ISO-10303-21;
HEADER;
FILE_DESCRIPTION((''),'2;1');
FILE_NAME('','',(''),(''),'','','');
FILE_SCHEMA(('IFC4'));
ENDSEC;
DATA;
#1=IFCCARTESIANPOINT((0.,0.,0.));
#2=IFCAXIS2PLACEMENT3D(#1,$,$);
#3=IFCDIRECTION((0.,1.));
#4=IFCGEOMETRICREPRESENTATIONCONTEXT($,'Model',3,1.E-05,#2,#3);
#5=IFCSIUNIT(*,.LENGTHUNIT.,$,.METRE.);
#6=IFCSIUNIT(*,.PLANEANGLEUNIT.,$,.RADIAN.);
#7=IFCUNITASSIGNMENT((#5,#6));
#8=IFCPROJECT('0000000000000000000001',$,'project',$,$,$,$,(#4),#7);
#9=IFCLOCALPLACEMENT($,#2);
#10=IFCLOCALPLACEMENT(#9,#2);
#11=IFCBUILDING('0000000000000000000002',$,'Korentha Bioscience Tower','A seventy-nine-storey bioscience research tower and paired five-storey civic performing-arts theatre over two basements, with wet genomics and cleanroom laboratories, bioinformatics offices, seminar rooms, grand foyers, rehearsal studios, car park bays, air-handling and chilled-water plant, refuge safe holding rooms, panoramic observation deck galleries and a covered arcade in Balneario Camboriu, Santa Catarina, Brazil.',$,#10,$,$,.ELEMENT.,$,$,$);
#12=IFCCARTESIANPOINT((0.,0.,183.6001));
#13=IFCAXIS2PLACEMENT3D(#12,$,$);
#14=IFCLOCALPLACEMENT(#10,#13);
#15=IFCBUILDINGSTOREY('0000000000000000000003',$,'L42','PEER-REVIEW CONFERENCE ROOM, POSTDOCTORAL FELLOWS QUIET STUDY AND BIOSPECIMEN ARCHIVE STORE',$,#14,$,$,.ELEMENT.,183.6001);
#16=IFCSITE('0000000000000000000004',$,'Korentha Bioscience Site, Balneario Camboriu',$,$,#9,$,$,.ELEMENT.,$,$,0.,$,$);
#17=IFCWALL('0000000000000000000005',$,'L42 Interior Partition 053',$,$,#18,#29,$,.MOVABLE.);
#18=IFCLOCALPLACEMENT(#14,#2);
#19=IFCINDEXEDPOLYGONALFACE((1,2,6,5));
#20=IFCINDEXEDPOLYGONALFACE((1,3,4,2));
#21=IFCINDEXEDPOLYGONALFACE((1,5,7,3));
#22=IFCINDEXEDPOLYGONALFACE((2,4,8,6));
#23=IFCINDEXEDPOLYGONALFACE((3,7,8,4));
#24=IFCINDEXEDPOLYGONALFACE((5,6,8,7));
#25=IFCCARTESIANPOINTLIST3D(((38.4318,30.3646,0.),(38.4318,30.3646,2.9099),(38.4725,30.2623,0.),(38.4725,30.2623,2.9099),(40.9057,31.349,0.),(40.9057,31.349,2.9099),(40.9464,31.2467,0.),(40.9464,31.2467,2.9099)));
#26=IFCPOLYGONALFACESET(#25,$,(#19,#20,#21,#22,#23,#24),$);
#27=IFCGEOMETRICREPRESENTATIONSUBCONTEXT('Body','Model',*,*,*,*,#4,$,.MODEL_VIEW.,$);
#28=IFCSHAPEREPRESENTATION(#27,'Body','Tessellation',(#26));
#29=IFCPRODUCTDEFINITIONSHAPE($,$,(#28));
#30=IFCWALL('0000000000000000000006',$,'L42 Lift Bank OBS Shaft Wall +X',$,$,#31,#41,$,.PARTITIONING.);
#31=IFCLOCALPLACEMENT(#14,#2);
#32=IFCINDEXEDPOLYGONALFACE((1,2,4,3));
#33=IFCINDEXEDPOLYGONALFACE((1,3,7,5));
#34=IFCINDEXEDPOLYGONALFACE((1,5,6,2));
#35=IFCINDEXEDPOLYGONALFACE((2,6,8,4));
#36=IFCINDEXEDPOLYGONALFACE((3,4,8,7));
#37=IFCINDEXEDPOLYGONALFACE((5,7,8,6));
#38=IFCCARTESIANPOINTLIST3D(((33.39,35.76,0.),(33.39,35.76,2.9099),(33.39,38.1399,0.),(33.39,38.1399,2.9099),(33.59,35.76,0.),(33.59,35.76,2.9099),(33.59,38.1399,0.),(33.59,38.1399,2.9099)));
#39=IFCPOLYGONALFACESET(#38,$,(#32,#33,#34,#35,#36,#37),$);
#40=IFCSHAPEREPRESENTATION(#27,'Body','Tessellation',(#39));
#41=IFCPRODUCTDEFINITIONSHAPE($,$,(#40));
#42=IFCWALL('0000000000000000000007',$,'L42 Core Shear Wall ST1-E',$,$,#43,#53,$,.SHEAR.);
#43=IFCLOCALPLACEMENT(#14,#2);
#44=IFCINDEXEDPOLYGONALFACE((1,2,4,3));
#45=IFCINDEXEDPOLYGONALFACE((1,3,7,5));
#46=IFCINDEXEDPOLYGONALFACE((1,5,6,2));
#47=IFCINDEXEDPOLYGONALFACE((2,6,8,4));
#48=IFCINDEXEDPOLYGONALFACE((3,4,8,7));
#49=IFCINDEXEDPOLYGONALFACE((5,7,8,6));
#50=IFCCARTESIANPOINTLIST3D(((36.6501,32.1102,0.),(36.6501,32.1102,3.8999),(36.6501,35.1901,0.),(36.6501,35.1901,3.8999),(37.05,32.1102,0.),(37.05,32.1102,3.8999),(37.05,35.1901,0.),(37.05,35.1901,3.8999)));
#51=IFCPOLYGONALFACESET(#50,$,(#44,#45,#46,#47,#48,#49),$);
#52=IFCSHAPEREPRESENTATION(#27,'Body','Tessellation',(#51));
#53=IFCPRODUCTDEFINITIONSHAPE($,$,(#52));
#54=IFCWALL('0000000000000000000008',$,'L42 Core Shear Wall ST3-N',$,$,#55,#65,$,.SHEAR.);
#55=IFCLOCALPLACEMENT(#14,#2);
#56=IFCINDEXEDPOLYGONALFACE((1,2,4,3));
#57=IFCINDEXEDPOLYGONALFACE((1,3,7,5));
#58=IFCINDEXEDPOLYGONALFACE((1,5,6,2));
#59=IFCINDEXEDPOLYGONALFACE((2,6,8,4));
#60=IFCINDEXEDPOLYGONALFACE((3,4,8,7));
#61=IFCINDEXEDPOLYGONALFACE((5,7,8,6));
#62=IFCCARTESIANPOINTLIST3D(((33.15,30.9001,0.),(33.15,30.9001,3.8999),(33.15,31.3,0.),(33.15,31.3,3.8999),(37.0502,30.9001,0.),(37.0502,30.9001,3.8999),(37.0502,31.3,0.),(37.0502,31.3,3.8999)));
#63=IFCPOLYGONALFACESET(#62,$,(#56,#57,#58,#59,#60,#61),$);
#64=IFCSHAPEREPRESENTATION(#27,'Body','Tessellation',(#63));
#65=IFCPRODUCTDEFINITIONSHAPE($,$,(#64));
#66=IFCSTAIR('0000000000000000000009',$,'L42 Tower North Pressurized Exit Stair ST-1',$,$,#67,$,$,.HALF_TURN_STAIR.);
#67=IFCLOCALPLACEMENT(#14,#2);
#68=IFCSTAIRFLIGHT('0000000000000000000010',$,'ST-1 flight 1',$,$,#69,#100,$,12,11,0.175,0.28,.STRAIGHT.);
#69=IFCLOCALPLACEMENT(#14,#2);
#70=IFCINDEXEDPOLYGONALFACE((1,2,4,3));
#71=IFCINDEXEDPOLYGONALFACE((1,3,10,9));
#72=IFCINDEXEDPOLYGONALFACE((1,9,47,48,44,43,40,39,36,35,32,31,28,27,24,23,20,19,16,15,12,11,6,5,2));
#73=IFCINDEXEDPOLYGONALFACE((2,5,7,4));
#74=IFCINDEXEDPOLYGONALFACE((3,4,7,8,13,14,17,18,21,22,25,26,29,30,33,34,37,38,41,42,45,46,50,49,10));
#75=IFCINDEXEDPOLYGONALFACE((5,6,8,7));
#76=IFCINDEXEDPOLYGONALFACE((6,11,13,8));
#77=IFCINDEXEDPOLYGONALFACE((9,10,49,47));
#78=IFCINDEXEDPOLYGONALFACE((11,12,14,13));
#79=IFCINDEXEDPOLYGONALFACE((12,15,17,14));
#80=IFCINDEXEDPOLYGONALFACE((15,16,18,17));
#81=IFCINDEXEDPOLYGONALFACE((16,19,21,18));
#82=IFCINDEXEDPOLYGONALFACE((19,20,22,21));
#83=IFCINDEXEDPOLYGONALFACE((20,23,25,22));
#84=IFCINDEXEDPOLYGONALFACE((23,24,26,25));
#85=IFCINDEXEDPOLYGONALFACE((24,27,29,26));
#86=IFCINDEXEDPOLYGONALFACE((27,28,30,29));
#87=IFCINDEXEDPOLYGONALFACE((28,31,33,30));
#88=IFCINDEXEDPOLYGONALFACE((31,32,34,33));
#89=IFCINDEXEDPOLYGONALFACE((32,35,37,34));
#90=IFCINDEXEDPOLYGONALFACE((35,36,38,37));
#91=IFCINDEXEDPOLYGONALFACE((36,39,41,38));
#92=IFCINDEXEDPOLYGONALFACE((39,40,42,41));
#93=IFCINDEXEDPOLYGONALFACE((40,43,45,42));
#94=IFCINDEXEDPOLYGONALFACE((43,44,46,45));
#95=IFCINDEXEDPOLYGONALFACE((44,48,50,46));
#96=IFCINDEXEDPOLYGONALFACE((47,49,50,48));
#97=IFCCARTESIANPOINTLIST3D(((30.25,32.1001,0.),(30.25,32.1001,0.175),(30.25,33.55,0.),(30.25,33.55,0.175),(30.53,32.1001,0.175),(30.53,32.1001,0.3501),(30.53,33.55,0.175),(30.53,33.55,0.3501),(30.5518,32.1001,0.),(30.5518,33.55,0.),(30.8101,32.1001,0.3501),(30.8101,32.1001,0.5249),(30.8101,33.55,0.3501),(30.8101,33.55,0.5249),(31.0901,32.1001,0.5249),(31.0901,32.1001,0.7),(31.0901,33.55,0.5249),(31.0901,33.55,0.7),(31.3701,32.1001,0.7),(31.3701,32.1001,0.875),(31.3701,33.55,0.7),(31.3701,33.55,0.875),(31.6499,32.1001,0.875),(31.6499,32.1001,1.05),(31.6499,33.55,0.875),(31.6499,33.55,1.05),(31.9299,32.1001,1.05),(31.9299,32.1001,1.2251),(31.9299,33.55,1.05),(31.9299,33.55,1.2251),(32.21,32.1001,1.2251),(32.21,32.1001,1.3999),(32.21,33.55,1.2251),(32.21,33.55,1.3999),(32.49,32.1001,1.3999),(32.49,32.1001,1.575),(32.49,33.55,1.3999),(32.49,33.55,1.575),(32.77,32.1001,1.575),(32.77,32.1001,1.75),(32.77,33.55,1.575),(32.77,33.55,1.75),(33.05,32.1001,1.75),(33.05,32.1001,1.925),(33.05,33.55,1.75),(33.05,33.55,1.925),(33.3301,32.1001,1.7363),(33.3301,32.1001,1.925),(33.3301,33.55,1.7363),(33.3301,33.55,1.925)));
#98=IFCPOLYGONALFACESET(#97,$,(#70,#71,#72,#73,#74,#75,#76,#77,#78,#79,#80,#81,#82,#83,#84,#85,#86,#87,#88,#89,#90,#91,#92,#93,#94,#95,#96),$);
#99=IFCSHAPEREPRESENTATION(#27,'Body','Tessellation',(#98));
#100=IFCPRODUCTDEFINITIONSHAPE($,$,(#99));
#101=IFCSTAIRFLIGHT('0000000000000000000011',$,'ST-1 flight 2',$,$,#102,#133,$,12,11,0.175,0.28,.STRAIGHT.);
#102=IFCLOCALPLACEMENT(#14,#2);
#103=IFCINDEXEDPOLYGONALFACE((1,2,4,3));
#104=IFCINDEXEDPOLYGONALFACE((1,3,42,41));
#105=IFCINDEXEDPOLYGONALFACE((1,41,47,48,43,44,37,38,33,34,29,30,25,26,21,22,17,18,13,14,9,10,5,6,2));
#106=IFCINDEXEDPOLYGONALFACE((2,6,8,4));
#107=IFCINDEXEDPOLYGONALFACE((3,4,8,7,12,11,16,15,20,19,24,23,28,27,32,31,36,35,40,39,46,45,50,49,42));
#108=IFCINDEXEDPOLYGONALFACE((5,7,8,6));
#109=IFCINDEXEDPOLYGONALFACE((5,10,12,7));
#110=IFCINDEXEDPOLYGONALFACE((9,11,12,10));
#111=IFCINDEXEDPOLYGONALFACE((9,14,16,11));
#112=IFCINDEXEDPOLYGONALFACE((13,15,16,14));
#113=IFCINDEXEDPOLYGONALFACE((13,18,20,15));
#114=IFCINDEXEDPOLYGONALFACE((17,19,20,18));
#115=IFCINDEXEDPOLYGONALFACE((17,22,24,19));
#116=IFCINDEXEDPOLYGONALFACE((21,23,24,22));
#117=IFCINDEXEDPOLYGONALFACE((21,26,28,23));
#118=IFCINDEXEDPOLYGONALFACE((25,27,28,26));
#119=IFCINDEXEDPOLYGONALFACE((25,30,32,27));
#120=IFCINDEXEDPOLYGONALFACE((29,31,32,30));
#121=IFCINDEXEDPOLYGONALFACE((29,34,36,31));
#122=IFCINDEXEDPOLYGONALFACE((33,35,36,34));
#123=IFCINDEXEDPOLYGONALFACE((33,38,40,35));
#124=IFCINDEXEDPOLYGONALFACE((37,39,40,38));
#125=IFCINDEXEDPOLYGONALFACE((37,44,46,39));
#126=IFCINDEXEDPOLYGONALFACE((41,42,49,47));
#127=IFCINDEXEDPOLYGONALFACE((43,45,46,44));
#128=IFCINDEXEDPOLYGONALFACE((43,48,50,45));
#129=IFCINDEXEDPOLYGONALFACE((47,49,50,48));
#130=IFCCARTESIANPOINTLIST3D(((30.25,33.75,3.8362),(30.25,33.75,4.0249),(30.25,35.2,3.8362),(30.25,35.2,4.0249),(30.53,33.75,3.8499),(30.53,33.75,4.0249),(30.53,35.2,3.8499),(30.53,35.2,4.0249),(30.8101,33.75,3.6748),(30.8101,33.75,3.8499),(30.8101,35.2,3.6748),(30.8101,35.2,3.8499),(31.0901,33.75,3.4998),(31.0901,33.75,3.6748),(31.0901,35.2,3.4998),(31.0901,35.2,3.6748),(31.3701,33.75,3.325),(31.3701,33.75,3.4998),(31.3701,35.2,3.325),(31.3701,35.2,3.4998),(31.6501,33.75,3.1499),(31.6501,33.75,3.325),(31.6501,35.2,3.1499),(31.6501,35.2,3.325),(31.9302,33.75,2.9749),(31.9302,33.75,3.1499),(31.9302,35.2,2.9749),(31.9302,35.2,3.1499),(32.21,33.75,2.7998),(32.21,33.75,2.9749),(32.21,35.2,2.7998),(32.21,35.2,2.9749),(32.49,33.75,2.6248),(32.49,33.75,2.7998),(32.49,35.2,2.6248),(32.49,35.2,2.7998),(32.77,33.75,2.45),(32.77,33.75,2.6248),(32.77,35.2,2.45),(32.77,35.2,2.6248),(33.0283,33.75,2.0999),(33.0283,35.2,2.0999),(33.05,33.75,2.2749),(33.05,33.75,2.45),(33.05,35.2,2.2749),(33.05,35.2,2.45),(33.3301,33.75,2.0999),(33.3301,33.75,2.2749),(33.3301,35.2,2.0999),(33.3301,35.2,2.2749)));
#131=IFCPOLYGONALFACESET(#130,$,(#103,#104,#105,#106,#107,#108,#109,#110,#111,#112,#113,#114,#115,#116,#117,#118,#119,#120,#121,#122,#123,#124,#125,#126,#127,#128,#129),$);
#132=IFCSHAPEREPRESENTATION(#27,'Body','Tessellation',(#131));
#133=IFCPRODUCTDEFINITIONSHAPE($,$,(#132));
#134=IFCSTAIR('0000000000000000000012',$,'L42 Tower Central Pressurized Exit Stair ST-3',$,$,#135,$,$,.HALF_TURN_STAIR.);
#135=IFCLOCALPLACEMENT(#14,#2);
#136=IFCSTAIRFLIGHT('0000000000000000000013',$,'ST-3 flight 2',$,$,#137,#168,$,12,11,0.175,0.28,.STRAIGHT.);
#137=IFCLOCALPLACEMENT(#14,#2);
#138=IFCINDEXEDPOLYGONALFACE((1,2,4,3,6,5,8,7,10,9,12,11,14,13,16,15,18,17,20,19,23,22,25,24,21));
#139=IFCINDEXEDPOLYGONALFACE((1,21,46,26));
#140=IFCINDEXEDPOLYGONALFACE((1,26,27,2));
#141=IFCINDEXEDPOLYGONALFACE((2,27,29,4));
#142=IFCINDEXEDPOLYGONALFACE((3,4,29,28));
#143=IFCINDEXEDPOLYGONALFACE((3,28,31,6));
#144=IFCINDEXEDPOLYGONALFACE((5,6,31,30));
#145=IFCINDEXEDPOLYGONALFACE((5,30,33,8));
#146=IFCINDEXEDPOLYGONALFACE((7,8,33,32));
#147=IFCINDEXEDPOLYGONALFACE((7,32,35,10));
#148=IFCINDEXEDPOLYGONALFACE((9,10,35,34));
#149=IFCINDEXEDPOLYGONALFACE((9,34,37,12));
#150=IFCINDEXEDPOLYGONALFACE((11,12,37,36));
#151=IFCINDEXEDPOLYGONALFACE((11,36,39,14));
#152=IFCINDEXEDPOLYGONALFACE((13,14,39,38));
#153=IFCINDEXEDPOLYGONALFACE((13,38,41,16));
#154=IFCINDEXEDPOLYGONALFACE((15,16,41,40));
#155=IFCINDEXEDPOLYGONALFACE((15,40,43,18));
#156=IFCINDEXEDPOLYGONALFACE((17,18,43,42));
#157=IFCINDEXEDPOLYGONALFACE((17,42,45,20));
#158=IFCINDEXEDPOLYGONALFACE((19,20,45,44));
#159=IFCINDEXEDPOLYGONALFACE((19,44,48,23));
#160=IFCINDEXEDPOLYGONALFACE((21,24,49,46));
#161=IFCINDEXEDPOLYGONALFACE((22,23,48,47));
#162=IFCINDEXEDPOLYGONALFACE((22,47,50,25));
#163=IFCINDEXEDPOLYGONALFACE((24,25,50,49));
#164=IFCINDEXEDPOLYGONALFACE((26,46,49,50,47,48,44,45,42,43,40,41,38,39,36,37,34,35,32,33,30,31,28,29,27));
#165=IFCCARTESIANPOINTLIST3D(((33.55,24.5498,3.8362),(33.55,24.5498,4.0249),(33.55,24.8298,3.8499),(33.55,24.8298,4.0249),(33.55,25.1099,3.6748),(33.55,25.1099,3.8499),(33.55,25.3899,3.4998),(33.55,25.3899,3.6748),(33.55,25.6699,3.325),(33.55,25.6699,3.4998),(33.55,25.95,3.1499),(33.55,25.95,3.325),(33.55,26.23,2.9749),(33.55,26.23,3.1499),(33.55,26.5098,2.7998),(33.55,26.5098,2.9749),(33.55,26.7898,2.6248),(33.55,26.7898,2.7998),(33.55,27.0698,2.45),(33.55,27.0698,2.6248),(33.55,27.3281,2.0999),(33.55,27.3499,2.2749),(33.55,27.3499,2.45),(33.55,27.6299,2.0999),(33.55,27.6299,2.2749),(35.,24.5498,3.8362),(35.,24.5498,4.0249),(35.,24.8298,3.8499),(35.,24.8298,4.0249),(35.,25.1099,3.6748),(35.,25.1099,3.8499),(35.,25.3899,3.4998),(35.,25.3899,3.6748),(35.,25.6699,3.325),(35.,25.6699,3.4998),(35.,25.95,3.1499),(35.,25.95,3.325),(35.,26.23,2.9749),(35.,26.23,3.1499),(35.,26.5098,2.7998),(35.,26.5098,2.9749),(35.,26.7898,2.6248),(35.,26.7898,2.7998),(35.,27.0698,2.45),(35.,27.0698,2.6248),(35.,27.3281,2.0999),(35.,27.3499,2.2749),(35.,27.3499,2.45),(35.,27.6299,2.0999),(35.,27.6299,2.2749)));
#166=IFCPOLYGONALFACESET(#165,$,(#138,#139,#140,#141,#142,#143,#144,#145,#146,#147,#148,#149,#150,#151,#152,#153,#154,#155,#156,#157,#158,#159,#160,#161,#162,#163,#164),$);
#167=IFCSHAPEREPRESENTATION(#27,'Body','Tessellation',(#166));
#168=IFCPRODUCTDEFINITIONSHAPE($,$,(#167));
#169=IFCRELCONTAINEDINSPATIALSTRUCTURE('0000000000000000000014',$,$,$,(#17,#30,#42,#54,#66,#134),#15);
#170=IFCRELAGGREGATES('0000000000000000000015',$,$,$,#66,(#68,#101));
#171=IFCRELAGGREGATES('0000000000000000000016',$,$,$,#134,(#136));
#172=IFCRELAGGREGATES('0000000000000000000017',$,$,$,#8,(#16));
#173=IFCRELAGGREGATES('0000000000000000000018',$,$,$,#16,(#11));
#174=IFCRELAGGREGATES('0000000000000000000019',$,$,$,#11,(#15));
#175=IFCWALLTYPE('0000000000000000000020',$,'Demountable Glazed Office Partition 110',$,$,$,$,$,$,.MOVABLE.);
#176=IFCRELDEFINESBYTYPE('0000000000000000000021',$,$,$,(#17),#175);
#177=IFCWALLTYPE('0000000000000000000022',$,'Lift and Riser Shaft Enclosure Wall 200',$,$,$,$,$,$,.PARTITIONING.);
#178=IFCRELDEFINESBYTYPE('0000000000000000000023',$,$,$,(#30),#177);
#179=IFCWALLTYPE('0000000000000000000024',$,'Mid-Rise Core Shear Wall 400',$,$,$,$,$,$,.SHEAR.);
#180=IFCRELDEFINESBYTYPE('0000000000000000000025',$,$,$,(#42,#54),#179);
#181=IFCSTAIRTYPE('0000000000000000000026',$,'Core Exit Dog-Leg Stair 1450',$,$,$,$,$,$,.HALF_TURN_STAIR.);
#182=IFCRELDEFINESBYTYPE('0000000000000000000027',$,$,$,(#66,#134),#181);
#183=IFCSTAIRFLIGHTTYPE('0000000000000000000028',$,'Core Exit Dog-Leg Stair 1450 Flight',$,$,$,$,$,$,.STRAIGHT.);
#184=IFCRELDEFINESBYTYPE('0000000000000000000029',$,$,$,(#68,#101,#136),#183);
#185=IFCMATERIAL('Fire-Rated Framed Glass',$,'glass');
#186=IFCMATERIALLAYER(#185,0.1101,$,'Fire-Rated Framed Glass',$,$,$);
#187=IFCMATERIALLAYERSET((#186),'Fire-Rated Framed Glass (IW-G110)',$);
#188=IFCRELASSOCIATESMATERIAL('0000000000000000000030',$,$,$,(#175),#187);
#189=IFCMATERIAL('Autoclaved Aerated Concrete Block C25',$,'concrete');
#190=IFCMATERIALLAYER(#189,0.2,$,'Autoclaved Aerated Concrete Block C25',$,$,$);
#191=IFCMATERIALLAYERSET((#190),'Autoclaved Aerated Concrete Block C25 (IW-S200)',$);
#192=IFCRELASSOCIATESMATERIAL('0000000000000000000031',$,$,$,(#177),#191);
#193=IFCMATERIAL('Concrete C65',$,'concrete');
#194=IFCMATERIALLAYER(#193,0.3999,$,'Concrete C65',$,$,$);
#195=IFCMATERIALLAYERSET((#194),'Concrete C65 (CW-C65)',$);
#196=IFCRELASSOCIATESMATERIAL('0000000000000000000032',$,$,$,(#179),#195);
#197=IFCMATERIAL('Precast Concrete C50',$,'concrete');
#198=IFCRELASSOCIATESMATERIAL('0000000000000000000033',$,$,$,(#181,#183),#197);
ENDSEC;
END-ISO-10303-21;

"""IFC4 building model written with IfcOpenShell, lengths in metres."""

from ifc_helpers import new_model, si_unit, direction, frame, frame_2d, origin, place, context, subcontext, project, spatial, polyline, rectangle, outline, extrude, material, layer, layer_set, type_object, element, aggregate, save


model = new_model("IFC4")

# Units and contexts
model_context = context("Model", 3, precision=1e-05, world=origin(), true_north=direction((0.0, 1.0)))
body_context = subcontext(model_context, "Body", "Model", "MODEL_VIEW")
ifc_project = project(units=[si_unit("LENGTHUNIT", "METRE"), si_unit("PLANEANGLEUNIT", "RADIAN")], contexts=[model_context])

# Site, building, storey
site_placement = place(None, origin())
site = spatial("IfcSite", under=ifc_project, at=site_placement, Name="Korentha Bioscience Site, Balneario Camboriu", CompositionType="ELEMENT", RefElevation=0.0)
building_placement = place(site_placement, origin())
building = spatial("IfcBuilding", under=site, at=building_placement, Name="Korentha Bioscience Tower", Description="A seventy-nine-storey bioscience research tower and paired five-storey civic performing-arts theatre over two basements, with wet genomics and cleanroom laboratories, bioinformatics offices, seminar rooms, grand foyers, rehearsal studios, car park bays, air-handling and chilled-water plant, refuge safe holding rooms, panoramic observation deck galleries and a covered arcade in Balneario Camboriu, Santa Catarina, Brazil.", CompositionType="ELEMENT")
storey_placement = place(building_placement, frame((0.0, 0.0, 183.6001)))
storey = spatial("IfcBuildingStorey", under=building, at=storey_placement, Name="L42", Description="PEER-REVIEW CONFERENCE ROOM, POSTDOCTORAL FELLOWS QUIET STUDY AND BIOSPECIMEN ARCHIVE STORE", CompositionType="ELEMENT", Elevation=183.6001)

# Shared definitions
ifc_material_1 = material(Name="Concrete C65", Category="concrete")

# Walls
ifc_material_2 = material(Name="Fire-Rated Framed Glass", Category="glass")
ifc_layer_1 = layer(ifc_material_2, 0.1101, Name="Fire-Rated Framed Glass")
ifc_layer_set_1 = layer_set([ifc_layer_1], Name="Fire-Rated Framed Glass (IW-G110)")
wall_type_1 = type_object("IfcWallType", Name="Demountable Glazed Office Partition 110", PredefinedType="MOVABLE", material=ifc_layer_set_1)
wall_1_placement = place(storey_placement, frame((38.4521, 30.3135, 0.0), z_axis=(0.0, 0.0, 1.0), x_axis=(0.929146, 0.369714, 0.0)))
element("IfcWall", 1, at=wall_1_placement, inside=storey, type_object=wall_type_1, Name="L42 Interior Partition 053", PredefinedType="MOVABLE", context=body_context, shape_type="SweptSolid", body=[
    extrude(rectangle(XDim=2.6626, YDim=0.1101, at=frame_2d((1.3313, 0.0))), origin(), (0.0, 0.0, 1.0), 2.9099),
])
ifc_material_3 = material(Name="Autoclaved Aerated Concrete Block C25", Category="concrete")
ifc_layer_2 = layer(ifc_material_3, 0.2, Name="Autoclaved Aerated Concrete Block C25")
ifc_layer_set_2 = layer_set([ifc_layer_2], Name="Autoclaved Aerated Concrete Block C25 (IW-S200)")
wall_type_2 = type_object("IfcWallType", Name="Lift and Riser Shaft Enclosure Wall 200", PredefinedType="PARTITIONING", material=ifc_layer_set_2)
wall_2_placement = place(storey_placement, frame((33.49, 35.76, 0.0), z_axis=(0.0, 0.0, 1.0), x_axis=(0.0, 1.0, 0.0)))
element("IfcWall", 2, at=wall_2_placement, inside=storey, type_object=wall_type_2, Name="L42 Lift Bank OBS Shaft Wall +X", PredefinedType="PARTITIONING", context=body_context, shape_type="SweptSolid", body=[
    extrude(rectangle(XDim=2.3799, YDim=0.2, at=frame_2d((1.1899, 0.0))), origin(), (0.0, 0.0, 1.0), 2.9099),
])
ifc_layer_3 = layer(ifc_material_1, 0.3999, Name="Concrete C65")
ifc_layer_set_3 = layer_set([ifc_layer_3], Name="Concrete C65 (CW-C65)")
wall_type_3 = type_object("IfcWallType", Name="Mid-Rise Core Shear Wall 400", PredefinedType="SHEAR", material=ifc_layer_set_3)
wall_3_placement = place(storey_placement, frame((36.8501, 32.1101, 0.0), z_axis=(0.0, 0.0, 1.0), x_axis=(0.0, 1.0, 0.0)))
element("IfcWall", 3, at=wall_3_placement, inside=storey, type_object=wall_type_3, Name="L42 Core Shear Wall ST1-E", PredefinedType="SHEAR", context=body_context, shape_type="SweptSolid", body=[
    extrude(rectangle(XDim=3.0798, YDim=0.3999, at=frame_2d((1.54, 0.0))), origin(), (0.0, 0.0, 1.0), 3.8999),
])
wall_4_placement = place(storey_placement, frame((33.1499, 31.1001, 0.0), z_axis=(0.0, 0.0, 1.0), x_axis=(1.0, 0.0, 0.0)))
element("IfcWall", 4, at=wall_4_placement, inside=storey, type_object=wall_type_3, Name="L42 Core Shear Wall ST3-N", PredefinedType="SHEAR", context=body_context, shape_type="SweptSolid", body=[
    extrude(rectangle(XDim=3.9001, YDim=0.3999, at=frame_2d((1.9502, 0.0))), origin(), (0.0, 0.0, 1.0), 3.8999),
])

# Stair, stair flights
ifc_material_4 = material(Name="Precast Concrete C50", Category="concrete")
stair_type = type_object("IfcStairType", Name="Core Exit Dog-Leg Stair 1450", PredefinedType="HALF_TURN_STAIR", material=ifc_material_4)
stair_1_placement = place(storey_placement, origin())
stair_1 = element("IfcStair", 5, at=stair_1_placement, inside=storey, type_object=stair_type, Name="L42 Tower North Pressurized Exit Stair ST-1", PredefinedType="HALF_TURN_STAIR")
stair_flight_type = type_object("IfcStairFlightType", Name="Core Exit Dog-Leg Stair 1450 Flight", PredefinedType="STRAIGHT", material=ifc_material_4)
stair_flight_1_placement = place(storey_placement, frame((30.25, 32.825, 0.0), z_axis=(0.0, 0.0, 1.0), x_axis=(1.0, 0.0, 0.0)))
stair_flight_1 = element("IfcStairFlight", 6, at=stair_flight_1_placement, type_object=stair_flight_type, Name="ST-1 flight 1", NumberOfRisers=12, NumberOfTreads=11, PredefinedType="STRAIGHT", RiserHeight=0.175, TreadLength=0.28, context=body_context, shape_type="SweptSolid", body=[
    extrude(outline(polyline([(0.0, 0.0), (0.0, 0.175), (0.28, 0.175), (0.28, 0.3501), (0.5601, 0.3501), (0.5601, 0.5249), (0.8401, 0.5249), (0.8401, 0.7), (1.1201, 0.7), (1.1201, 0.875), (1.3999, 0.875), (1.3999, 1.05), (1.6799, 1.05), (1.6799, 1.2251), (1.96, 1.2251), (1.96, 1.3999), (2.24, 1.3999), (2.24, 1.575), (2.52, 1.575), (2.52, 1.75), (2.8, 1.75), (2.8, 1.925), (3.0801, 1.925), (3.0801, 2.1001), (3.0801, 1.7363), (0.3018, 0.0), (0.0, 0.0)])), frame((0.0, 0.7251, 0.0), z_axis=(0.0, -1.0, 0.0), x_axis=(1.0, 0.0, 0.0)), (0.0, 0.0, 1.0), 1.45),
])
stair_flight_2_placement = place(storey_placement, frame((33.3301, 34.4751, 2.0999), z_axis=(0.0, 0.0, 1.0), x_axis=(-1.0, 0.0, 0.0)))
stair_flight_2 = element("IfcStairFlight", 7, at=stair_flight_2_placement, type_object=stair_flight_type, Name="ST-1 flight 2", NumberOfRisers=12, NumberOfTreads=11, PredefinedType="STRAIGHT", RiserHeight=0.175, TreadLength=0.28, context=body_context, shape_type="SweptSolid", body=[
    extrude(outline(polyline([(0.0, 0.0), (0.0, 0.175), (0.28, 0.175), (0.28, 0.3501), (0.5601, 0.3501), (0.5601, 0.5249), (0.8401, 0.5249), (0.8401, 0.7), (1.1201, 0.7), (1.1201, 0.875), (1.3999, 0.875), (1.3999, 1.05), (1.6799, 1.05), (1.6799, 1.2251), (1.96, 1.2251), (1.96, 1.3999), (2.24, 1.3999), (2.24, 1.575), (2.52, 1.575), (2.52, 1.75), (2.8, 1.75), (2.8, 1.925), (3.0801, 1.925), (3.0801, 2.1001), (3.0801, 1.7363), (0.3018, 0.0), (0.0, 0.0)])), frame((0.0, 0.7251, 0.0), z_axis=(0.0, -1.0, 0.0), x_axis=(1.0, 0.0, 0.0)), (0.0, 0.0, 1.0), 1.45),
])
aggregate(stair_1, [stair_flight_1, stair_flight_2])

# Stair, stair flight
stair_2_placement = place(storey_placement, origin())
stair_2 = element("IfcStair", 8, at=stair_2_placement, inside=storey, type_object=stair_type, Name="L42 Tower Central Pressurized Exit Stair ST-3", PredefinedType="HALF_TURN_STAIR")
stair_flight_3_placement = place(storey_placement, frame((34.2749, 27.6299, 2.0999), z_axis=(0.0, 0.0, 1.0), x_axis=(0.0, -1.0, 0.0)))
stair_flight_3 = element("IfcStairFlight", 9, at=stair_flight_3_placement, type_object=stair_flight_type, Name="ST-3 flight 2", NumberOfRisers=12, NumberOfTreads=11, PredefinedType="STRAIGHT", RiserHeight=0.175, TreadLength=0.28, context=body_context, shape_type="SweptSolid", body=[
    extrude(outline(polyline([(0.0, 0.0), (0.0, 0.175), (0.28, 0.175), (0.28, 0.3501), (0.5601, 0.3501), (0.5601, 0.5249), (0.8401, 0.5249), (0.8401, 0.7), (1.1201, 0.7), (1.1201, 0.875), (1.3999, 0.875), (1.3999, 1.05), (1.6799, 1.05), (1.6799, 1.2251), (1.96, 1.2251), (1.96, 1.3999), (2.24, 1.3999), (2.24, 1.575), (2.52, 1.575), (2.52, 1.75), (2.8, 1.75), (2.8, 1.925), (3.0801, 1.925), (3.0801, 2.1001), (3.0801, 1.7363), (0.3018, 0.0), (0.0, 0.0)])), frame((0.0, 0.7251, 0.0), z_axis=(0.0, -1.0, 0.0), x_axis=(1.0, 0.0, 0.0)), (0.0, 0.0, 1.0), 1.45),
])
aggregate(stair_2, [stair_flight_3])

save(model, "model.ifc")
